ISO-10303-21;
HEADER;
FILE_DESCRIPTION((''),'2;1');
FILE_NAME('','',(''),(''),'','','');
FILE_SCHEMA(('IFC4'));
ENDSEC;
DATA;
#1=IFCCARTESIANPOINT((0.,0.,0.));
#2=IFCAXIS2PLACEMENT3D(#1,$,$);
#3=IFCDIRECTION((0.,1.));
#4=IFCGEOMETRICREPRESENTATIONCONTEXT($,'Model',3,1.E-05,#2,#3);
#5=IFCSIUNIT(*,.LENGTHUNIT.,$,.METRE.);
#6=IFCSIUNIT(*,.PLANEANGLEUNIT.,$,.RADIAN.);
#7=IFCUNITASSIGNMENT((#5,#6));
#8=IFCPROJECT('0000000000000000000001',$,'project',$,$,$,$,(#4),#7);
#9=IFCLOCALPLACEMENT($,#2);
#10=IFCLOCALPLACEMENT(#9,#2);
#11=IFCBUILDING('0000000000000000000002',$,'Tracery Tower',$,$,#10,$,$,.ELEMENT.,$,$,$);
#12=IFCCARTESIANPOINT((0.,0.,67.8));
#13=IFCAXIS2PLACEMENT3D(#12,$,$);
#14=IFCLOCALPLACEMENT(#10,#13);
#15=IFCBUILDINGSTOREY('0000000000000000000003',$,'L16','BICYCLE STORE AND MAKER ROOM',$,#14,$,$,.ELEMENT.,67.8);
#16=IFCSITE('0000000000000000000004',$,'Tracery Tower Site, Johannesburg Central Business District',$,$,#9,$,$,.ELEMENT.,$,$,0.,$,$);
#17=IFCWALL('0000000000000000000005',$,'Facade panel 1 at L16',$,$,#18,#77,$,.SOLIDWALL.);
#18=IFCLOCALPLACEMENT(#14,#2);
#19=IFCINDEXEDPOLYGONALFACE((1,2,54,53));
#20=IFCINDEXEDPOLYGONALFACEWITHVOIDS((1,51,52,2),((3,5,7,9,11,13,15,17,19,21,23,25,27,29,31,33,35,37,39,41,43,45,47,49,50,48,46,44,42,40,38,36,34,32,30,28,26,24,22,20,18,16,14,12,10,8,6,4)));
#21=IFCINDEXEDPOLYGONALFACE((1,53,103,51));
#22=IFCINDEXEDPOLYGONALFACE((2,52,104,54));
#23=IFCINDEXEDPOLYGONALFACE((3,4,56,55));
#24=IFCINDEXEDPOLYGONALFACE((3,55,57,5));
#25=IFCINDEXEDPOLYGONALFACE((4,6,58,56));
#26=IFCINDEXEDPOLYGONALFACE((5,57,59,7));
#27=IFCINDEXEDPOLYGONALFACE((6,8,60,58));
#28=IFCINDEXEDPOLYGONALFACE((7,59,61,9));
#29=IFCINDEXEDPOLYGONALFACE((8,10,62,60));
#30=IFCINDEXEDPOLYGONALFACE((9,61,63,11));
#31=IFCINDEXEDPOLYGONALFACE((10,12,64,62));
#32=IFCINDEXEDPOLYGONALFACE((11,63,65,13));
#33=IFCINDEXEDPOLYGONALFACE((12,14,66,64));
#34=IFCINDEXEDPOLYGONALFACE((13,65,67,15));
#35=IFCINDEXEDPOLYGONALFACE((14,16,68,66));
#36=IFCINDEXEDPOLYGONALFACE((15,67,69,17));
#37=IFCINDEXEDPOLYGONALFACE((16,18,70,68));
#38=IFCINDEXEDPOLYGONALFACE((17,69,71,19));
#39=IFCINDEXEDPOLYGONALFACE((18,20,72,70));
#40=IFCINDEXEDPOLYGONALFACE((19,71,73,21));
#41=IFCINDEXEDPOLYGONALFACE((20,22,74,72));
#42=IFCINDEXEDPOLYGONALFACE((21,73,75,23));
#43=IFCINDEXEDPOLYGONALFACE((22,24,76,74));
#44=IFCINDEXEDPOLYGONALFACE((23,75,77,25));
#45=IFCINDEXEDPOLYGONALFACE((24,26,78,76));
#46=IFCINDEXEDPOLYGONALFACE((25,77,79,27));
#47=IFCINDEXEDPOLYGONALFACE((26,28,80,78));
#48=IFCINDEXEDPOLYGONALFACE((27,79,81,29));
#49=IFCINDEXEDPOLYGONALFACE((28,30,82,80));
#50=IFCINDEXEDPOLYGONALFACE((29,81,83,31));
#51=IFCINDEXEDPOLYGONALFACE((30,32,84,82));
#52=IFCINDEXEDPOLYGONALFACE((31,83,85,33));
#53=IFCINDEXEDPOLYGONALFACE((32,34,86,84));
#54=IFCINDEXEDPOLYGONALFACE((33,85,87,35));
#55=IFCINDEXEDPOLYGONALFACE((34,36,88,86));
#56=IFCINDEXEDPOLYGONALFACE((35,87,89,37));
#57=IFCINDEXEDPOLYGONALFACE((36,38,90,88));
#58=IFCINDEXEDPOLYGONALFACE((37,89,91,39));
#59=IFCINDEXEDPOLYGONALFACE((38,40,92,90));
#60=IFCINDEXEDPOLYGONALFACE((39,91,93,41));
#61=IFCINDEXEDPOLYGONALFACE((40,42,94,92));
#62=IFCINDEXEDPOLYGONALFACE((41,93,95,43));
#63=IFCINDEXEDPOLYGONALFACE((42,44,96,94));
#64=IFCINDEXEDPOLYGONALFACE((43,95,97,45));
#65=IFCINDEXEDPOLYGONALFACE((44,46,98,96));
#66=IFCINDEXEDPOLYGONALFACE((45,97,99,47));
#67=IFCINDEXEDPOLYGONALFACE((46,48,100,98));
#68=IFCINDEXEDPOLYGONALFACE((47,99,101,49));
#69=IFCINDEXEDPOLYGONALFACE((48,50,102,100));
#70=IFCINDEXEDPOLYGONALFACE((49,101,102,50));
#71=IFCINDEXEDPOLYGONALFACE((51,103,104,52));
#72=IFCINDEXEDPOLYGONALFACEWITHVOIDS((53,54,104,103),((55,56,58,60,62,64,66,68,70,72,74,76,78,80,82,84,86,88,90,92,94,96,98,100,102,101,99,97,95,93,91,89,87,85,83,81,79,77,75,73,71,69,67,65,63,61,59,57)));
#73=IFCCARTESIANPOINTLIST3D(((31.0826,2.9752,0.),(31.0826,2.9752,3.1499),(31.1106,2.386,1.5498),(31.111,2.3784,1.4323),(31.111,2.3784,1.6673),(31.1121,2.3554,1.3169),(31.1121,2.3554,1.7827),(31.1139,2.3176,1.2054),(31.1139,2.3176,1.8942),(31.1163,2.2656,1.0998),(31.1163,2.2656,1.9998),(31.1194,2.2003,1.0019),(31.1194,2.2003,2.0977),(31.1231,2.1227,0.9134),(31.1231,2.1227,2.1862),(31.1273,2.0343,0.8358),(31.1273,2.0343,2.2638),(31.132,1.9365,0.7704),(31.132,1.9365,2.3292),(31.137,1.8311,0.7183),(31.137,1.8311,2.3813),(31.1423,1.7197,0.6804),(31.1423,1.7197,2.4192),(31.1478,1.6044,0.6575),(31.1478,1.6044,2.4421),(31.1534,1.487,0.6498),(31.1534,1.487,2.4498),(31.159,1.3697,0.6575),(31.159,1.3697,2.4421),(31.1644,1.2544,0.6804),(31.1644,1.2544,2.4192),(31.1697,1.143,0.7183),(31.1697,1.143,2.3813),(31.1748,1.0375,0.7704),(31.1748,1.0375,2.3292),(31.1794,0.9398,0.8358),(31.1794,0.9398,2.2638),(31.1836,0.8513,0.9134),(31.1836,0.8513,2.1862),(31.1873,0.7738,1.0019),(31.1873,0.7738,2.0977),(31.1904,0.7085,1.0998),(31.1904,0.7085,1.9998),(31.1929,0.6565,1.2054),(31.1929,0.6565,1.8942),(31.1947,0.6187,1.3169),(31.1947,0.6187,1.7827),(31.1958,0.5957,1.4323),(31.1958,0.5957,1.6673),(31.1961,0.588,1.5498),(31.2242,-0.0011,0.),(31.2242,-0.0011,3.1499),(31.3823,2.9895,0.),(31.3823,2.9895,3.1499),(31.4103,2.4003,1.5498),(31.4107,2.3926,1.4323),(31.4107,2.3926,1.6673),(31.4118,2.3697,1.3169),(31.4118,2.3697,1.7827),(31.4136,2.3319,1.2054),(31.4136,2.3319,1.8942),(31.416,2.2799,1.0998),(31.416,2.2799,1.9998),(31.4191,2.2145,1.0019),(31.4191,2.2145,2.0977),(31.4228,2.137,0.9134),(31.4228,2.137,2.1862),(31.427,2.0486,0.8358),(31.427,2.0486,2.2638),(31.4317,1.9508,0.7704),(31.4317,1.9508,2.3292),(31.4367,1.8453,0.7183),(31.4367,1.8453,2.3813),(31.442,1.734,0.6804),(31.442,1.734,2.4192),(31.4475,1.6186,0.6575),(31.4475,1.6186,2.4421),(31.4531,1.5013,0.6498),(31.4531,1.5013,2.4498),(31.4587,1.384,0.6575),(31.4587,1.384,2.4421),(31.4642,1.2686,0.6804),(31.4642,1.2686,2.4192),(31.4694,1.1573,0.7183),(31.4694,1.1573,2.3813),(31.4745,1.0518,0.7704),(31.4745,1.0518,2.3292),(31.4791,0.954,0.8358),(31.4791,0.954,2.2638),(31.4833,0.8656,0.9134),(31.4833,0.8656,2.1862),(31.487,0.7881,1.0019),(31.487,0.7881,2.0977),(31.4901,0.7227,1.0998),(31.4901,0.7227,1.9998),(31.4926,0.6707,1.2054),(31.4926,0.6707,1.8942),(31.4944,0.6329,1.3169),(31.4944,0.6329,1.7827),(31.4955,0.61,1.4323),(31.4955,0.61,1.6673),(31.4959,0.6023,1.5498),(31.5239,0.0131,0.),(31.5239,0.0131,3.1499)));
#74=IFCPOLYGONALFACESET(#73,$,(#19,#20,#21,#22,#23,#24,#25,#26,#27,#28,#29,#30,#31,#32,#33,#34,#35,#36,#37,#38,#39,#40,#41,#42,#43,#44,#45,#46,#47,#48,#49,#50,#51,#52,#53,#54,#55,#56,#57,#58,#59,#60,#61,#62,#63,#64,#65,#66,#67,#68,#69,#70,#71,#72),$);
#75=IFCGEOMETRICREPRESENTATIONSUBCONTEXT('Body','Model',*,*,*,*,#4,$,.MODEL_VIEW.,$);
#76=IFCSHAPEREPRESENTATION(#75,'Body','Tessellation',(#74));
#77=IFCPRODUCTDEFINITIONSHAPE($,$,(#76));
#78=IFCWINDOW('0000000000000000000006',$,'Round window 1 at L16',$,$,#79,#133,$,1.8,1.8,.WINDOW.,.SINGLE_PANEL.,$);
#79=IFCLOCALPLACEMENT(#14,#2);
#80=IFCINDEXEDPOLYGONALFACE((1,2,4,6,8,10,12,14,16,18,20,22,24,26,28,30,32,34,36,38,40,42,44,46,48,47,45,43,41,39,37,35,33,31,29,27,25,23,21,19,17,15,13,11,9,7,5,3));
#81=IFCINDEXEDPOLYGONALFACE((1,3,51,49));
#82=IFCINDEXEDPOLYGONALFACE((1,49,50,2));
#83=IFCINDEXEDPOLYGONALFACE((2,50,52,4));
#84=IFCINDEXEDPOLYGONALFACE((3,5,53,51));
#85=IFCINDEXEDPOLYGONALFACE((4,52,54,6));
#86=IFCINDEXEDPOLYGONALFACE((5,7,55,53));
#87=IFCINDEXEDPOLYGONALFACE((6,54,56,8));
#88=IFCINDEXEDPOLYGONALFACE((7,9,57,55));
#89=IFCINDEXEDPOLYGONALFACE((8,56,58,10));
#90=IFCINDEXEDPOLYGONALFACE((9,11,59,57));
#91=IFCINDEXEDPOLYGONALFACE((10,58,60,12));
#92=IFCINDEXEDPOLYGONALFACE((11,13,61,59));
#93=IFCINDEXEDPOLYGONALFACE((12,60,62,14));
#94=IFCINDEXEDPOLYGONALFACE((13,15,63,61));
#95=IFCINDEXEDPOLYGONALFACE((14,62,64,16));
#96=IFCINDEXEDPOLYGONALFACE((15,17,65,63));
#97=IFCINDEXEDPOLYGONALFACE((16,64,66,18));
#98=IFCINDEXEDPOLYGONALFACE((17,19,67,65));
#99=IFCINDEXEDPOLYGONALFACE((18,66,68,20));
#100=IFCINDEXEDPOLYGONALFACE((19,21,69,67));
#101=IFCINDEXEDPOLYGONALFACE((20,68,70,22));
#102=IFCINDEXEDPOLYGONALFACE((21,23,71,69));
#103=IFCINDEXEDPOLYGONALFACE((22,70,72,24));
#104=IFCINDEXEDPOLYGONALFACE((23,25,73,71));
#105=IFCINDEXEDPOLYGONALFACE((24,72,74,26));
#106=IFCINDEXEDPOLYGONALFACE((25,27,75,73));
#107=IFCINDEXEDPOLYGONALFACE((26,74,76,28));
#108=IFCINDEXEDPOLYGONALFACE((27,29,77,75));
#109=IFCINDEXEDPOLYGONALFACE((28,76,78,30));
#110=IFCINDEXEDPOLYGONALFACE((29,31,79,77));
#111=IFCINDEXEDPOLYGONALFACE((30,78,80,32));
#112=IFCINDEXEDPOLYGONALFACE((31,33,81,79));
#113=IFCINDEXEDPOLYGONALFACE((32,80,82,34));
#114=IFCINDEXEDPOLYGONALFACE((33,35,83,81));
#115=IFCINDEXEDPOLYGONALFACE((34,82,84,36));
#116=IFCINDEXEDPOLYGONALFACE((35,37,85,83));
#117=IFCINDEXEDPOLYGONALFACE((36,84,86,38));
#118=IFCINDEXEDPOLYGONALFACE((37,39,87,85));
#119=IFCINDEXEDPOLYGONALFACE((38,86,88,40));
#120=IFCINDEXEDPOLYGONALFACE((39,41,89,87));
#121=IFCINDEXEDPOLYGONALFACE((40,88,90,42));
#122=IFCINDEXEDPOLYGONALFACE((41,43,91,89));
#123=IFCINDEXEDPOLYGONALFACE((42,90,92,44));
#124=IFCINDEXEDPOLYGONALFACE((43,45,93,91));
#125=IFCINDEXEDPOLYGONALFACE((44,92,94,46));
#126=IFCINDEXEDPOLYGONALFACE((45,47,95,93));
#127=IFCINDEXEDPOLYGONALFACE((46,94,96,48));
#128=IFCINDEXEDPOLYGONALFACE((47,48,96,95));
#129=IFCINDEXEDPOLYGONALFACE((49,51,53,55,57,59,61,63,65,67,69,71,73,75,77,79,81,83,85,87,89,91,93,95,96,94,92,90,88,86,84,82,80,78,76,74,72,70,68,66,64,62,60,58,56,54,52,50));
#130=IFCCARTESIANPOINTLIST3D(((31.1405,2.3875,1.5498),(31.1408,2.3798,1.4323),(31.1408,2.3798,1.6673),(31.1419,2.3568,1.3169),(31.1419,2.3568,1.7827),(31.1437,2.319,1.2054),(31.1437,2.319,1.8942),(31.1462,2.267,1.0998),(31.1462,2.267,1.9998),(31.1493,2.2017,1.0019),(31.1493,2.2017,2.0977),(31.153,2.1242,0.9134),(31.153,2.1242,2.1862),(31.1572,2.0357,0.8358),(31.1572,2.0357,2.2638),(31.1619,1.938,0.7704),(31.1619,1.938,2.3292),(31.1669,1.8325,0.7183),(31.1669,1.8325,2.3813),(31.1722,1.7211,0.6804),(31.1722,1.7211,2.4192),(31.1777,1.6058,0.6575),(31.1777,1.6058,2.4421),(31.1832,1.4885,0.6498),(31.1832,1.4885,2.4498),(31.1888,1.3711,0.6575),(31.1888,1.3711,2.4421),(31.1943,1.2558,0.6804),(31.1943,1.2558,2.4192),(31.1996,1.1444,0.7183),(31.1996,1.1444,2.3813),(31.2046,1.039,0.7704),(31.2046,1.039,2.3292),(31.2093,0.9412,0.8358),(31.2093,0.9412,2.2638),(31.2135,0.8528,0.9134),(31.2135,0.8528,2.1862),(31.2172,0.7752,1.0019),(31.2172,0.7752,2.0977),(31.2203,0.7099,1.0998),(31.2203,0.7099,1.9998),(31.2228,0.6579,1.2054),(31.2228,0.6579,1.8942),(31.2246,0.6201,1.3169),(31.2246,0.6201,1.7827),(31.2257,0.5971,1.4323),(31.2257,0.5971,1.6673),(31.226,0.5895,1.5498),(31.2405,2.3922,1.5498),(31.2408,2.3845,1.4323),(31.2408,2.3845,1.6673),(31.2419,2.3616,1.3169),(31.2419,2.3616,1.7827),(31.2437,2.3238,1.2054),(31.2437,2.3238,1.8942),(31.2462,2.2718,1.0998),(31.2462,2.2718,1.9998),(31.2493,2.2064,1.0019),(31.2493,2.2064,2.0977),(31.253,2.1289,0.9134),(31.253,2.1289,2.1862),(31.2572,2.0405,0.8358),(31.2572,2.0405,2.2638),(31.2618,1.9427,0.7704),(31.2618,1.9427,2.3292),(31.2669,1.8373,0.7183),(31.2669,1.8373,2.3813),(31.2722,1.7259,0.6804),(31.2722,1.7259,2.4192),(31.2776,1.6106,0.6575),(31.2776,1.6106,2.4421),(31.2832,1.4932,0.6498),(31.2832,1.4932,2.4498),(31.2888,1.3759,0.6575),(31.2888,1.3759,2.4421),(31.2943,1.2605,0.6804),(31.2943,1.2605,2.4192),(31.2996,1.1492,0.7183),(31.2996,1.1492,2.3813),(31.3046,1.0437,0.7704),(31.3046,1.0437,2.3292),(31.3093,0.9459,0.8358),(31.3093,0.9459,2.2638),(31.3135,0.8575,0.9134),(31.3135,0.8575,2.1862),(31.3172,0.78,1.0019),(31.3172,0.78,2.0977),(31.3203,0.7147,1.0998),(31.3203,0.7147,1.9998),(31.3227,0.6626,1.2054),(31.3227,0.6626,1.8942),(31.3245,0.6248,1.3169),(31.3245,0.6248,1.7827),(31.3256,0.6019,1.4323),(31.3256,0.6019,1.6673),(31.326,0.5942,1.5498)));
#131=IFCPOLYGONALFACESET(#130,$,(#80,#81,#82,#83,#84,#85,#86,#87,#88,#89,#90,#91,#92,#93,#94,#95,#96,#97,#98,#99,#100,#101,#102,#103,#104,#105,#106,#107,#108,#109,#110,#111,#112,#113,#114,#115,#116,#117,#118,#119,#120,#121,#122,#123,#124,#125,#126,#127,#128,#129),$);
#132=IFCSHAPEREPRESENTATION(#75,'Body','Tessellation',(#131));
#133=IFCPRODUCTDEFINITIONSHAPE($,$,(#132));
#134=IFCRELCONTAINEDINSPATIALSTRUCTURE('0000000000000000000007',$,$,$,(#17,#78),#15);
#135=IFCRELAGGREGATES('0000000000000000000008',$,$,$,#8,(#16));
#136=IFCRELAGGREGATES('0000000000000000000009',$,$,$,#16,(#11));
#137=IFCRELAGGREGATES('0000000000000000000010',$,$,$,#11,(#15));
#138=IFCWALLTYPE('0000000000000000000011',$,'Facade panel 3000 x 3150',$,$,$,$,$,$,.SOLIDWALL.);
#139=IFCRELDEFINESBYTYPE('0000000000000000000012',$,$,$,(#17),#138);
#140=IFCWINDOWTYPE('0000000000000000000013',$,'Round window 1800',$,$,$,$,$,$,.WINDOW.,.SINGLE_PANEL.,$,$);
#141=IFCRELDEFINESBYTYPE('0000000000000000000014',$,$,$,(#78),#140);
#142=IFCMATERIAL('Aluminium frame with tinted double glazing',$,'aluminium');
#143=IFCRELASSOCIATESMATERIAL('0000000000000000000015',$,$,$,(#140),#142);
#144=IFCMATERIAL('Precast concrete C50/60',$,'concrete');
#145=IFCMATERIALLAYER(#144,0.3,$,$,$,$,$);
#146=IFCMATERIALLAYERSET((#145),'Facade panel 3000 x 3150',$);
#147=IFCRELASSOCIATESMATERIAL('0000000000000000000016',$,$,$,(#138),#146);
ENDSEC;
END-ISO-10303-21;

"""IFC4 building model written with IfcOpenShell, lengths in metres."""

from ifc_helpers import new_model, si_unit, direction, frame, frame_2d, origin, origin_2d, place, context, subcontext, project, spatial, rectangle, circle, extrude, material, layer, layer_set, type_object, element, fill, save


model = new_model("IFC4")

# Units and contexts
model_context = context("Model", 3, precision=1e-05, world=origin(), true_north=direction((0.0, 1.0)))
body_context = subcontext(model_context, "Body", "Model", "MODEL_VIEW")
ifc_project = project(units=[si_unit("LENGTHUNIT", "METRE"), si_unit("PLANEANGLEUNIT", "RADIAN")], contexts=[model_context])

# Site, building, storey
site_placement = place(None, origin())
site = spatial("IfcSite", under=ifc_project, at=site_placement, Name="Tracery Tower Site, Johannesburg Central Business District", CompositionType="ELEMENT", RefElevation=0.0)
building_placement = place(site_placement, origin())
building = spatial("IfcBuilding", under=site, at=building_placement, Name="Tracery Tower", CompositionType="ELEMENT")
storey_placement = place(building_placement, frame((0.0, 0.0, 67.8)))
storey = spatial("IfcBuildingStorey", under=building, at=storey_placement, Name="L16", Description="BICYCLE STORE AND MAKER ROOM", CompositionType="ELEMENT", Elevation=67.8)

# Wall, opening, window
ifc_material_1 = material(Name="Aluminium frame with tinted double glazing", Category="aluminium")
window_type = type_object("IfcWindowType", Name="Round window 1800", PartitioningType="SINGLE_PANEL", PredefinedType="WINDOW", material=ifc_material_1)
ifc_material_2 = material(Name="Precast concrete C50/60", Category="concrete")
ifc_layer_1 = layer(ifc_material_2, 0.3)
ifc_layer_set_1 = layer_set([ifc_layer_1], Name="Facade panel 3000 x 3150")
wall_type_1 = type_object("IfcWallType", Name="Facade panel 3000 x 3150", PredefinedType="SOLIDWALL", material=ifc_layer_set_1)
wall_1_placement = place(storey_placement, frame((31.374, 0.0061, 0.0), z_axis=(0.0, 0.0, 1.0), x_axis=(-0.047522, 0.99887, 0.0)))
wall_1 = element("IfcWall", 1, at=wall_1_placement, inside=storey, type_object=wall_type_1, Name="Facade panel 1 at L16", PredefinedType="SOLIDWALL", context=body_context, shape_type="SweptSolid", body=[
    extrude(rectangle(XDim=2.9797, YDim=0.3, at=frame_2d((1.4897, 0.0))), origin(), (0.0, 0.0, 1.0), 3.1499),
])
opening_1_placement = place(wall_1_placement, frame((1.4897, 0.0, 1.5498)))
opening_1 = element("IfcOpeningElement", 2, at=opening_1_placement, cuts=wall_1, PredefinedType="OPENING", context=body_context, shape_type="SweptSolid", body=[
    extrude(circle(Radius=0.9, at=origin_2d()), frame((0.0, 0.1599, 0.0), z_axis=(0.0, -1.0, 0.0), x_axis=(1.0, 0.0, 0.0)), (0.0, 0.0, 1.0), 0.3201),
])
window_1_placement = place(opening_1_placement, origin())
window_1 = element("IfcWindow", 3, at=window_1_placement, inside=storey, type_object=window_type, Name="Round window 1 at L16", OverallHeight=1.8, OverallWidth=1.8, PartitioningType="SINGLE_PANEL", PredefinedType="WINDOW", context=body_context, shape_type="SweptSolid", body=[
    extrude(circle(Radius=0.9, at=origin_2d()), frame((0.0, 0.1201, 0.0), z_axis=(0.0, -1.0, 0.0), x_axis=(1.0, 0.0, 0.0)), (0.0, 0.0, 1.0), 0.1001),
])
fill(opening_1, window_1)

save(model, "model.ifc")
